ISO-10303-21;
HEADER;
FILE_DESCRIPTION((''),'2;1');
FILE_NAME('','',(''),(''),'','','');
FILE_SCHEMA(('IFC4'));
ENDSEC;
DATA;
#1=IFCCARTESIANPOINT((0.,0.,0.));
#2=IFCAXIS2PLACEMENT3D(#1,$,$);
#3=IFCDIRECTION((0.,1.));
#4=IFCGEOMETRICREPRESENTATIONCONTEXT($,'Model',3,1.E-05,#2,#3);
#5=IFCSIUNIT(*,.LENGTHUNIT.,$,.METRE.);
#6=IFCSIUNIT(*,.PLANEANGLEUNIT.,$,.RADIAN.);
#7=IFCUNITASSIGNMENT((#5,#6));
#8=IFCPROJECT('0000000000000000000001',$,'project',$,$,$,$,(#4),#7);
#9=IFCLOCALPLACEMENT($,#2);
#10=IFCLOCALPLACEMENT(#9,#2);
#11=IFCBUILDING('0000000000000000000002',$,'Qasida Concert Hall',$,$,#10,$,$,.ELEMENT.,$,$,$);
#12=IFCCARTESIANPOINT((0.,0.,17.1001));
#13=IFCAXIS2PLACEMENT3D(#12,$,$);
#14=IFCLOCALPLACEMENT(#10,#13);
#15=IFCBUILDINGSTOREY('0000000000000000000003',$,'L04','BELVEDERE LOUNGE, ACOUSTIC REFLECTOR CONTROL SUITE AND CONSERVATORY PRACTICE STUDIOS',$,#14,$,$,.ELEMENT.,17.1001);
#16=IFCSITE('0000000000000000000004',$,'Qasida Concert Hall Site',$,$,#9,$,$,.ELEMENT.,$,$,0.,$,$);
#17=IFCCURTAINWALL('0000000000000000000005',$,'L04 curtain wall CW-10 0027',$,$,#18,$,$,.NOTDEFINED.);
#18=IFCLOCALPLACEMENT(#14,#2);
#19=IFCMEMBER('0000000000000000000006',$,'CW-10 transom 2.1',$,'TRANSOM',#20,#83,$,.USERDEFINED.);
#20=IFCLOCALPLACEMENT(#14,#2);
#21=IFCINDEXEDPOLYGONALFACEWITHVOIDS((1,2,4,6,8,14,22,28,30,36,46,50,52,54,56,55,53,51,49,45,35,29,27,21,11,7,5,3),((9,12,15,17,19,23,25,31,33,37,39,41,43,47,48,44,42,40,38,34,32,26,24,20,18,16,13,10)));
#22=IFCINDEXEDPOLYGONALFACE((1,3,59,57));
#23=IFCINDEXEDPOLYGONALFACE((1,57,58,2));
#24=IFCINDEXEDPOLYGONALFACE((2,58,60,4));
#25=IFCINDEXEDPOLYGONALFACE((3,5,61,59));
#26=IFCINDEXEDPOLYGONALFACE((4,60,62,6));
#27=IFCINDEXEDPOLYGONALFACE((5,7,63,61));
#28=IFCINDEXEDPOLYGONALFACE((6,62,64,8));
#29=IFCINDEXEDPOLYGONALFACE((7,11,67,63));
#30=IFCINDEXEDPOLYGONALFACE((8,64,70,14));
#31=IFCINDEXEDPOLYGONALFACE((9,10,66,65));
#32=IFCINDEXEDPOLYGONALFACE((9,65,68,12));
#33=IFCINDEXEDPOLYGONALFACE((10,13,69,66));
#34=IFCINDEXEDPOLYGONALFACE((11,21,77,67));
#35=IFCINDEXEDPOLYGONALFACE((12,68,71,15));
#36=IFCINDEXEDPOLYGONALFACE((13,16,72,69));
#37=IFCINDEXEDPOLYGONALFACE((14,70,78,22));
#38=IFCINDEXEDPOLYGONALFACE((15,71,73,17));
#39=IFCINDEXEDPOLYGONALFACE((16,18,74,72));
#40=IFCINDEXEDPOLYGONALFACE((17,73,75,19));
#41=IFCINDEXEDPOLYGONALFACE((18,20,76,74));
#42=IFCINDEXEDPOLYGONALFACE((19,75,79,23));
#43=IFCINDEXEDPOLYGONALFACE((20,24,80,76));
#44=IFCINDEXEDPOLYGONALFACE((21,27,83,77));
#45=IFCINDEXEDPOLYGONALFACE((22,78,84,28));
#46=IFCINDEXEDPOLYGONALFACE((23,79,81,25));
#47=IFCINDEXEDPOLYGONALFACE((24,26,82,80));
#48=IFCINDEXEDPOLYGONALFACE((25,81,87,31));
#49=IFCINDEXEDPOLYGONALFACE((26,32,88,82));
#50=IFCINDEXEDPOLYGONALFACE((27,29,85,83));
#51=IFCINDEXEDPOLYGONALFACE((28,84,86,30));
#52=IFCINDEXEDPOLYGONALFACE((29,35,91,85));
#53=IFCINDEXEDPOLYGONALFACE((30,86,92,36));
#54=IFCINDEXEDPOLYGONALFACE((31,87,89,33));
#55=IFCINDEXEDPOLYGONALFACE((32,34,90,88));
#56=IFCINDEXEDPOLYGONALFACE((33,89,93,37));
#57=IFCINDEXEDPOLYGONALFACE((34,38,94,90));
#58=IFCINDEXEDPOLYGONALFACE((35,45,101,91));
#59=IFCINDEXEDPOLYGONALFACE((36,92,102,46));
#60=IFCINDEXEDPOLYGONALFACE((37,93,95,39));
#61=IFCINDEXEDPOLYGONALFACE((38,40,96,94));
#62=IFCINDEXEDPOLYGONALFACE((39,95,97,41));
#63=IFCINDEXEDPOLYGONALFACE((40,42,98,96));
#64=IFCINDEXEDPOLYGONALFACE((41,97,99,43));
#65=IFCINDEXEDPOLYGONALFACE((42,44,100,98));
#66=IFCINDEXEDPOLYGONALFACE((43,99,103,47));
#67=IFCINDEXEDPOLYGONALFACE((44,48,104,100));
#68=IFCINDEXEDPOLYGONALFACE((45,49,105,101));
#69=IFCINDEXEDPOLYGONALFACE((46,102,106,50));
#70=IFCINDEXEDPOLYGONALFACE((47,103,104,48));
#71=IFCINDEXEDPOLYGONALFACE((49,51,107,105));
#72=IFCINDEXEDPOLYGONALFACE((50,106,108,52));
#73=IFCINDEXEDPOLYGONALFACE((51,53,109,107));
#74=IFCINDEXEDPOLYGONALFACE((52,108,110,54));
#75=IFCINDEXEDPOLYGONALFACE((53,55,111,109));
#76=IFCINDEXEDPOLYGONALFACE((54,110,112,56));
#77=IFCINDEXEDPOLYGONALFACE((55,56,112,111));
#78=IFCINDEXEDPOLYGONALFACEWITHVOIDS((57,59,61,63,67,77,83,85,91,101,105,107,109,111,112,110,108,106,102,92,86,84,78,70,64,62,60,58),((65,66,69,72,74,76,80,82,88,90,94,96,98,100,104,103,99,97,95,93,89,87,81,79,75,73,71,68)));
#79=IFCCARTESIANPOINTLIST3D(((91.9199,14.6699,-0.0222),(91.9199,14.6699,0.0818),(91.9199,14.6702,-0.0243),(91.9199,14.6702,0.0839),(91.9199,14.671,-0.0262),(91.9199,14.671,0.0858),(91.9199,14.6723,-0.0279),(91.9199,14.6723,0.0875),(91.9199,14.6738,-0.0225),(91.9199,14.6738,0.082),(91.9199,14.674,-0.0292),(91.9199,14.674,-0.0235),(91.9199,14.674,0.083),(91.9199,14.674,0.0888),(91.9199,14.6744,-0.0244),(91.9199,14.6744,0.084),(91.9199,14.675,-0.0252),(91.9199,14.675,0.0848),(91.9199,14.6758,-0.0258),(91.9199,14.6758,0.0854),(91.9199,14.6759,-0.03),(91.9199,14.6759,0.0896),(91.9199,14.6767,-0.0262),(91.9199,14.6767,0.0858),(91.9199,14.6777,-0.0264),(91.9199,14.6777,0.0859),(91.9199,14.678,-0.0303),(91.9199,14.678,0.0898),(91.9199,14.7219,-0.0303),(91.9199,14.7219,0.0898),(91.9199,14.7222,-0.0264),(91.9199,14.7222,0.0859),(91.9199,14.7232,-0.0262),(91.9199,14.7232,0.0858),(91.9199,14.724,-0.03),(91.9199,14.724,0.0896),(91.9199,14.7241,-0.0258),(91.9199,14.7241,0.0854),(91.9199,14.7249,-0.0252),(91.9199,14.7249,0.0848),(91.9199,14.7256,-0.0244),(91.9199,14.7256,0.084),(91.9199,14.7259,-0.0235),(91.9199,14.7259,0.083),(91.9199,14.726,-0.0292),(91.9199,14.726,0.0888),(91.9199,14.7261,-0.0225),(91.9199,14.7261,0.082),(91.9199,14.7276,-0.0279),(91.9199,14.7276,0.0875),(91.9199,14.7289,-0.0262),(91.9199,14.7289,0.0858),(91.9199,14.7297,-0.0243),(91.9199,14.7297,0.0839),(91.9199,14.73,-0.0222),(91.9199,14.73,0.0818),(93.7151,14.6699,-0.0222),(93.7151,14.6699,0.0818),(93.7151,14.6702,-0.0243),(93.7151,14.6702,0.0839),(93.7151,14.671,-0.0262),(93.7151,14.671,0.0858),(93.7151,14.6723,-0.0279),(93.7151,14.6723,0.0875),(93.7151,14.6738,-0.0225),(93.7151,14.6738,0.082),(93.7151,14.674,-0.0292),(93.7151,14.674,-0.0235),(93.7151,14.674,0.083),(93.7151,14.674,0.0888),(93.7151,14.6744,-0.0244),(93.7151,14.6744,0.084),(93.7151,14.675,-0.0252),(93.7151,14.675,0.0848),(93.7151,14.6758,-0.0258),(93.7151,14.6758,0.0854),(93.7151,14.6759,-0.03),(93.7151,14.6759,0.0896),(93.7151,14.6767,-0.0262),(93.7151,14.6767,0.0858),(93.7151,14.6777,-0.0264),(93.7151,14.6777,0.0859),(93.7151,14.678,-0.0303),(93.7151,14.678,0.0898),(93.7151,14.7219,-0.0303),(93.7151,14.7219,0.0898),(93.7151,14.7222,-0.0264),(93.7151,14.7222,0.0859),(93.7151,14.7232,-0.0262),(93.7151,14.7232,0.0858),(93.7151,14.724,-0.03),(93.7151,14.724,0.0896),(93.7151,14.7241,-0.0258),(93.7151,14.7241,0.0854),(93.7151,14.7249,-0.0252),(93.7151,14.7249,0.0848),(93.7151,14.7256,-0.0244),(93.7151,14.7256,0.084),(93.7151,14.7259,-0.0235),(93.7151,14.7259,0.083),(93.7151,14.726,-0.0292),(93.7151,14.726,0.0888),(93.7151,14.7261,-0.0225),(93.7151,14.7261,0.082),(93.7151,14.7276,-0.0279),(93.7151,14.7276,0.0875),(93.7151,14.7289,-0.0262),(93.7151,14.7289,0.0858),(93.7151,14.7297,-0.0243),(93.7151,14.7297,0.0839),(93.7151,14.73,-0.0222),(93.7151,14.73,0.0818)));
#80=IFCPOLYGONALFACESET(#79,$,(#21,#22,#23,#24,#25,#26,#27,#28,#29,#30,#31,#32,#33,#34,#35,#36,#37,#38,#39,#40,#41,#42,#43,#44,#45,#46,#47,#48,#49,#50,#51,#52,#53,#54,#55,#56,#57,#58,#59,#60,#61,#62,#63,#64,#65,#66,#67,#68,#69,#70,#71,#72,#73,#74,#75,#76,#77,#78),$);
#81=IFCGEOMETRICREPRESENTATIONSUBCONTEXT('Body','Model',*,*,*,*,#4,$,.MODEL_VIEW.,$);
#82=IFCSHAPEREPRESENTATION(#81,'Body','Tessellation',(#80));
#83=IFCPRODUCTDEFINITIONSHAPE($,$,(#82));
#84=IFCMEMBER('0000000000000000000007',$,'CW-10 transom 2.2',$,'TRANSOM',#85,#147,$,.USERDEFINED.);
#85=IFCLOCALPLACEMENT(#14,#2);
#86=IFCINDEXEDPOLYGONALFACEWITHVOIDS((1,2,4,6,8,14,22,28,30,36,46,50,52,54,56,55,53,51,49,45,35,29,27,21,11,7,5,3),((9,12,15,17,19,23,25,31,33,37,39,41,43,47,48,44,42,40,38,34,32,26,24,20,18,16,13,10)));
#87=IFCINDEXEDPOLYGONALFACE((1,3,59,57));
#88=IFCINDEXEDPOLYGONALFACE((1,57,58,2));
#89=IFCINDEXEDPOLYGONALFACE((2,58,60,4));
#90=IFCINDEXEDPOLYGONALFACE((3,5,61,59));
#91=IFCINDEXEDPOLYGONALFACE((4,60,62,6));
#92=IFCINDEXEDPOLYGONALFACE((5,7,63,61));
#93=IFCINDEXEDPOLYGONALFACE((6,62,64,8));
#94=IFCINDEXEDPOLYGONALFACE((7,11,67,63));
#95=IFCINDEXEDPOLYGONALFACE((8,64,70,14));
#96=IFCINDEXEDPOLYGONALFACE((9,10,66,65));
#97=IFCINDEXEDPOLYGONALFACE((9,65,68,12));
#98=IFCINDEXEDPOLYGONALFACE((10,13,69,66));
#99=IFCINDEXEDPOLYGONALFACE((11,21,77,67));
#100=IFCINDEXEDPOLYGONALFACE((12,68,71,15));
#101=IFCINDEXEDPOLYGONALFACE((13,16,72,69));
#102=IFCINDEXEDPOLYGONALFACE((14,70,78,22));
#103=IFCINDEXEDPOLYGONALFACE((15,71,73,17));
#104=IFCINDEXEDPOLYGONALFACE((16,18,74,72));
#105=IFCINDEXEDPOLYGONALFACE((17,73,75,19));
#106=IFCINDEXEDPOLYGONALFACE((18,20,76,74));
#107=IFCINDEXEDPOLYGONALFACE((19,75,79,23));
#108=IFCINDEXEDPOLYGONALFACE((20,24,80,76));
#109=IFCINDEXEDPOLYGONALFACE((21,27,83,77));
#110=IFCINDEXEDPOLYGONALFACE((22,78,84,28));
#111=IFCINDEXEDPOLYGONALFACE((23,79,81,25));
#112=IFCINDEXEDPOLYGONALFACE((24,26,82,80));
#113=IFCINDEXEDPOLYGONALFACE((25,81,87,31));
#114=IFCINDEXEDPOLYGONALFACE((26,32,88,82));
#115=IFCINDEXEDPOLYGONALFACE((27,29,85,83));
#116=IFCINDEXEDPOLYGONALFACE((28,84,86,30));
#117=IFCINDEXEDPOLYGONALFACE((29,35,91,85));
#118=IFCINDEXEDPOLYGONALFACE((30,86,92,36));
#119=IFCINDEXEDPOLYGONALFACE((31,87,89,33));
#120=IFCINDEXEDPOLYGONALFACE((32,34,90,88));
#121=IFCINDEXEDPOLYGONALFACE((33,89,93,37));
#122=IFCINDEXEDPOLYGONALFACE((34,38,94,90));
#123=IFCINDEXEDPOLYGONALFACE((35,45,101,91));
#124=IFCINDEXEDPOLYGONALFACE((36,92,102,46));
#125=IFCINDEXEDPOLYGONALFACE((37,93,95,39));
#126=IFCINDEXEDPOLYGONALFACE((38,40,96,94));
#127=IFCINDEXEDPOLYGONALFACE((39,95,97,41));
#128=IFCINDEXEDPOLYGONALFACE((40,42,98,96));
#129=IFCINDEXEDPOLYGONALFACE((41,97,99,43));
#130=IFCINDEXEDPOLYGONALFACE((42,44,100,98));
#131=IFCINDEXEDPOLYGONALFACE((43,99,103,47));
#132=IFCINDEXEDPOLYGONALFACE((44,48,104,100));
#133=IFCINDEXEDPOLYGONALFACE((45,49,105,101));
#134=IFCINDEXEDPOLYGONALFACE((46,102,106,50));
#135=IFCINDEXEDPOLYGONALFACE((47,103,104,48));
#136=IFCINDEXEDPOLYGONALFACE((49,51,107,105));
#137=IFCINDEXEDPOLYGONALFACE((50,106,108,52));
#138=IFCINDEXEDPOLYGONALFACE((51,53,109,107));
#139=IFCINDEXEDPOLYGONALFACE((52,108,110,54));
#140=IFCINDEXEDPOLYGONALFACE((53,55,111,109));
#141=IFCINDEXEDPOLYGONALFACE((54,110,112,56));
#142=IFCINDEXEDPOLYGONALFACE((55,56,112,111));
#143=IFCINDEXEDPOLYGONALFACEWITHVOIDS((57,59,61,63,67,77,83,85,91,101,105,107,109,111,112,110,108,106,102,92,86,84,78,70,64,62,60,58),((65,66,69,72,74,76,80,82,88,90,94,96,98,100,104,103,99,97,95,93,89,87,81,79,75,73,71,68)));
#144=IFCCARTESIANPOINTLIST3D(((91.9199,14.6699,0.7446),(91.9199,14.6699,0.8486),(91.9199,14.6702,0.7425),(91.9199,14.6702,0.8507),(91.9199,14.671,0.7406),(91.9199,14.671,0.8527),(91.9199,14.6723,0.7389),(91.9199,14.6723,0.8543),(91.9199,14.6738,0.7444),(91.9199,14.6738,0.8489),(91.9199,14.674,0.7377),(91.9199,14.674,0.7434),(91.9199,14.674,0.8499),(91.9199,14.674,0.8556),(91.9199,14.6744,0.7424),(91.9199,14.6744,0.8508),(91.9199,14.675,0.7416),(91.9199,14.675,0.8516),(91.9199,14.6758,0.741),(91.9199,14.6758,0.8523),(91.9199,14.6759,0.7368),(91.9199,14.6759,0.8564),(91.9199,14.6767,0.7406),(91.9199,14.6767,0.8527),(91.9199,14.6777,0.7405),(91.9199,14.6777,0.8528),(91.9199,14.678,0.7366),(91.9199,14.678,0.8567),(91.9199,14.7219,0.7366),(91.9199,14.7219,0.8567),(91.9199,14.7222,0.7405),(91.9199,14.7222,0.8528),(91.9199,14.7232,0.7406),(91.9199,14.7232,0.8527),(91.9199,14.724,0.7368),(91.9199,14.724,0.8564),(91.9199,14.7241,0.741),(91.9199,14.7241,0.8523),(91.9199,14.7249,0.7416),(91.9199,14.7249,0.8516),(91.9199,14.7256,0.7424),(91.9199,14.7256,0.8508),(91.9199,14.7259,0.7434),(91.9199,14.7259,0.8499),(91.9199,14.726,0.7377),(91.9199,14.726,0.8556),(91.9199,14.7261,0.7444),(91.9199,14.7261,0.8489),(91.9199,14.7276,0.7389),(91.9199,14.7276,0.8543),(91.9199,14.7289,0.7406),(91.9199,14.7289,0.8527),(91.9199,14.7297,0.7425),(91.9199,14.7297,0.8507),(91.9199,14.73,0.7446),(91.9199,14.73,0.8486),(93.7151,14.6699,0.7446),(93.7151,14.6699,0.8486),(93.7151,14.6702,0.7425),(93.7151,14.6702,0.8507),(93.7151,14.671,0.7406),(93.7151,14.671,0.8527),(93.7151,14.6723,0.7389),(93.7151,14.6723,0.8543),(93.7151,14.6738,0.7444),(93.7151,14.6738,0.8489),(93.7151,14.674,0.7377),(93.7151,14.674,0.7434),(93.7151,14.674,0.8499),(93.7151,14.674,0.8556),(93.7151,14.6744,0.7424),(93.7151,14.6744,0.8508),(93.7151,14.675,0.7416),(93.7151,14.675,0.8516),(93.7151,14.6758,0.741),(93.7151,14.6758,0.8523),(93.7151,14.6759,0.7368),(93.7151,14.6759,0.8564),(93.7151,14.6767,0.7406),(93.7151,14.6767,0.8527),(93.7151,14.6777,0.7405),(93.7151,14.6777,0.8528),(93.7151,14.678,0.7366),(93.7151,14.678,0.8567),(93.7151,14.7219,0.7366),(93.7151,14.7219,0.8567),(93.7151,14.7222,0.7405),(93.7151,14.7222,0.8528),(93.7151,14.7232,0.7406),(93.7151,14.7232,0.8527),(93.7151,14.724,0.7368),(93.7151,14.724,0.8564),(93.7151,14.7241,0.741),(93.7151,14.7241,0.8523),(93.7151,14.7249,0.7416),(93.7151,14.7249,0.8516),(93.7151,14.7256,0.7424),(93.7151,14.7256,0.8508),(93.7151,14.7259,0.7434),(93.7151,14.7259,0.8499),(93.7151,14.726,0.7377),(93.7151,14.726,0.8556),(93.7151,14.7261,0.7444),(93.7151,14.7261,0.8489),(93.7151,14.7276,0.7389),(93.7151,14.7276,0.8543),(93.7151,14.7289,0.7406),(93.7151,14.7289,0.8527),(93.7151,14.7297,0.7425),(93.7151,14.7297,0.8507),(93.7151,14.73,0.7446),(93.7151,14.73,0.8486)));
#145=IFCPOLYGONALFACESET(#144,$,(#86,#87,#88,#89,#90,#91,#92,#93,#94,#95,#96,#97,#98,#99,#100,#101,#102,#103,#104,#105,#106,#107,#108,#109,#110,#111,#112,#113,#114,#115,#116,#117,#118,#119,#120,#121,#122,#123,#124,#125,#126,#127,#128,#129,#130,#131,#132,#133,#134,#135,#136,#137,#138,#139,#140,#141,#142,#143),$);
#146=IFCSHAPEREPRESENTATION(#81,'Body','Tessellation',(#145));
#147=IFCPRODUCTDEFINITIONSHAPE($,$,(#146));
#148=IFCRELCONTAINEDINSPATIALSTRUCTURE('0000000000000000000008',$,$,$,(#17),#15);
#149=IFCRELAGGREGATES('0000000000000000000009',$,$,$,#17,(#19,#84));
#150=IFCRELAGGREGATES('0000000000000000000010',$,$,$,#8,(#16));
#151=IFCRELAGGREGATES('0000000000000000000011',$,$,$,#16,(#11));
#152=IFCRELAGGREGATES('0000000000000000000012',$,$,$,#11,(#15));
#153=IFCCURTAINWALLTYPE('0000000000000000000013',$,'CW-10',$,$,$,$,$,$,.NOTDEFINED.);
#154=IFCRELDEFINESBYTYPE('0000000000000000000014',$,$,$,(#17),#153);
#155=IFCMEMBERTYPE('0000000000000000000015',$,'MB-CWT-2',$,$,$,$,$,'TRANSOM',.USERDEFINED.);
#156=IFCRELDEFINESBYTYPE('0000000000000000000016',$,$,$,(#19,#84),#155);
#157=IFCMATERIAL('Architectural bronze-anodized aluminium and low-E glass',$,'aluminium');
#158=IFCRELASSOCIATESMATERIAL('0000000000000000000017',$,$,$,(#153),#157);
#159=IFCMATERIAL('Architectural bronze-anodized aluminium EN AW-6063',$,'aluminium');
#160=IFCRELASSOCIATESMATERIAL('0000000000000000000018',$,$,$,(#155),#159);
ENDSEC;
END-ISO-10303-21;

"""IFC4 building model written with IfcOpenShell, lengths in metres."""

from ifc_helpers import new_model, si_unit, direction, frame, origin, origin_2d, place, context, subcontext, project, spatial, hollow_rectangle, extrude, material, material_profile, profile_set, type_object, element, aggregate, save


model = new_model("IFC4")

# Units and contexts
model_context = context("Model", 3, precision=1e-05, world=origin(), true_north=direction((0.0, 1.0)))
body_context = subcontext(model_context, "Body", "Model", "MODEL_VIEW")
ifc_project = project(units=[si_unit("LENGTHUNIT", "METRE"), si_unit("PLANEANGLEUNIT", "RADIAN")], contexts=[model_context])

# Site, building, storey
site_placement = place(None, origin())
site = spatial("IfcSite", under=ifc_project, at=site_placement, Name="Qasida Concert Hall Site", CompositionType="ELEMENT", RefElevation=0.0)
building_placement = place(site_placement, origin())
building = spatial("IfcBuilding", under=site, at=building_placement, Name="Qasida Concert Hall", CompositionType="ELEMENT")
storey_placement = place(building_placement, frame((0.0, 0.0, 17.1001)))
storey = spatial("IfcBuildingStorey", under=building, at=storey_placement, Name="L04", Description="BELVEDERE LOUNGE, ACOUSTIC REFLECTOR CONTROL SUITE AND CONSERVATORY PRACTICE STUDIOS", CompositionType="ELEMENT", Elevation=17.1001)

# Curtain wall, members
ifc_material_1 = material(Name="Architectural bronze-anodized aluminium and low-E glass", Category="aluminium")
curtain_wall_type = type_object("IfcCurtainWallType", Name="CW-10", PredefinedType="NOTDEFINED", material=ifc_material_1)
curtain_wall_placement = place(storey_placement, origin())
curtain_wall = element("IfcCurtainWall", 1, at=curtain_wall_placement, inside=storey, type_object=curtain_wall_type, Name="L04 curtain wall CW-10 0027", PredefinedType="NOTDEFINED")
ifc_material_2 = material(Name="Architectural bronze-anodized aluminium EN AW-6063", Category="aluminium")
ifc_material_profile_1 = material_profile(ifc_material_2, hollow_rectangle(XDim=0.0601, YDim=0.1201, WallThickness=0.0039, InnerFilletRadius=0.0039, OuterFilletRadius=0.0081, at=origin_2d()), Name="CWT 120x60x4")
ifc_profile_set_1 = profile_set([ifc_material_profile_1], Name="Architectural bronze-anodized aluminium EN AW-6063")
member_type_1 = type_object("IfcMemberType", Name="MB-CWT-2", ElementType="TRANSOM", PredefinedType="USERDEFINED", material=ifc_profile_set_1)
member_1_placement = place(storey_placement, frame((91.9199, 14.7, 0.0298), z_axis=(1.0, 0.0, 0.0), x_axis=(0.0, 1.0, 0.0)))
member_1 = element("IfcMember", 2, at=member_1_placement, type_object=member_type_1, Name="CW-10 transom 2.1", ObjectType="TRANSOM", PredefinedType="USERDEFINED", context=body_context, shape_type="SweptSolid", body=[
    extrude(hollow_rectangle(XDim=0.0601, YDim=0.1201, WallThickness=0.0039, InnerFilletRadius=0.0039, OuterFilletRadius=0.0081, at=origin_2d()), origin(), (0.0, 0.0, 1.0), 1.7952),
])
member_2_placement = place(storey_placement, frame((91.9199, 14.7, 0.7966), z_axis=(1.0, 0.0, 0.0), x_axis=(0.0, 1.0, 0.0)))
member_2 = element("IfcMember", 3, at=member_2_placement, type_object=member_type_1, Name="CW-10 transom 2.2", ObjectType="TRANSOM", PredefinedType="USERDEFINED", context=body_context, shape_type="SweptSolid", body=[
    extrude(hollow_rectangle(XDim=0.0601, YDim=0.1201, WallThickness=0.0039, InnerFilletRadius=0.0039, OuterFilletRadius=0.0081, at=origin_2d()), origin(), (0.0, 0.0, 1.0), 1.7952),
])
aggregate(curtain_wall, [member_1, member_2])

save(model, "model.ifc")
